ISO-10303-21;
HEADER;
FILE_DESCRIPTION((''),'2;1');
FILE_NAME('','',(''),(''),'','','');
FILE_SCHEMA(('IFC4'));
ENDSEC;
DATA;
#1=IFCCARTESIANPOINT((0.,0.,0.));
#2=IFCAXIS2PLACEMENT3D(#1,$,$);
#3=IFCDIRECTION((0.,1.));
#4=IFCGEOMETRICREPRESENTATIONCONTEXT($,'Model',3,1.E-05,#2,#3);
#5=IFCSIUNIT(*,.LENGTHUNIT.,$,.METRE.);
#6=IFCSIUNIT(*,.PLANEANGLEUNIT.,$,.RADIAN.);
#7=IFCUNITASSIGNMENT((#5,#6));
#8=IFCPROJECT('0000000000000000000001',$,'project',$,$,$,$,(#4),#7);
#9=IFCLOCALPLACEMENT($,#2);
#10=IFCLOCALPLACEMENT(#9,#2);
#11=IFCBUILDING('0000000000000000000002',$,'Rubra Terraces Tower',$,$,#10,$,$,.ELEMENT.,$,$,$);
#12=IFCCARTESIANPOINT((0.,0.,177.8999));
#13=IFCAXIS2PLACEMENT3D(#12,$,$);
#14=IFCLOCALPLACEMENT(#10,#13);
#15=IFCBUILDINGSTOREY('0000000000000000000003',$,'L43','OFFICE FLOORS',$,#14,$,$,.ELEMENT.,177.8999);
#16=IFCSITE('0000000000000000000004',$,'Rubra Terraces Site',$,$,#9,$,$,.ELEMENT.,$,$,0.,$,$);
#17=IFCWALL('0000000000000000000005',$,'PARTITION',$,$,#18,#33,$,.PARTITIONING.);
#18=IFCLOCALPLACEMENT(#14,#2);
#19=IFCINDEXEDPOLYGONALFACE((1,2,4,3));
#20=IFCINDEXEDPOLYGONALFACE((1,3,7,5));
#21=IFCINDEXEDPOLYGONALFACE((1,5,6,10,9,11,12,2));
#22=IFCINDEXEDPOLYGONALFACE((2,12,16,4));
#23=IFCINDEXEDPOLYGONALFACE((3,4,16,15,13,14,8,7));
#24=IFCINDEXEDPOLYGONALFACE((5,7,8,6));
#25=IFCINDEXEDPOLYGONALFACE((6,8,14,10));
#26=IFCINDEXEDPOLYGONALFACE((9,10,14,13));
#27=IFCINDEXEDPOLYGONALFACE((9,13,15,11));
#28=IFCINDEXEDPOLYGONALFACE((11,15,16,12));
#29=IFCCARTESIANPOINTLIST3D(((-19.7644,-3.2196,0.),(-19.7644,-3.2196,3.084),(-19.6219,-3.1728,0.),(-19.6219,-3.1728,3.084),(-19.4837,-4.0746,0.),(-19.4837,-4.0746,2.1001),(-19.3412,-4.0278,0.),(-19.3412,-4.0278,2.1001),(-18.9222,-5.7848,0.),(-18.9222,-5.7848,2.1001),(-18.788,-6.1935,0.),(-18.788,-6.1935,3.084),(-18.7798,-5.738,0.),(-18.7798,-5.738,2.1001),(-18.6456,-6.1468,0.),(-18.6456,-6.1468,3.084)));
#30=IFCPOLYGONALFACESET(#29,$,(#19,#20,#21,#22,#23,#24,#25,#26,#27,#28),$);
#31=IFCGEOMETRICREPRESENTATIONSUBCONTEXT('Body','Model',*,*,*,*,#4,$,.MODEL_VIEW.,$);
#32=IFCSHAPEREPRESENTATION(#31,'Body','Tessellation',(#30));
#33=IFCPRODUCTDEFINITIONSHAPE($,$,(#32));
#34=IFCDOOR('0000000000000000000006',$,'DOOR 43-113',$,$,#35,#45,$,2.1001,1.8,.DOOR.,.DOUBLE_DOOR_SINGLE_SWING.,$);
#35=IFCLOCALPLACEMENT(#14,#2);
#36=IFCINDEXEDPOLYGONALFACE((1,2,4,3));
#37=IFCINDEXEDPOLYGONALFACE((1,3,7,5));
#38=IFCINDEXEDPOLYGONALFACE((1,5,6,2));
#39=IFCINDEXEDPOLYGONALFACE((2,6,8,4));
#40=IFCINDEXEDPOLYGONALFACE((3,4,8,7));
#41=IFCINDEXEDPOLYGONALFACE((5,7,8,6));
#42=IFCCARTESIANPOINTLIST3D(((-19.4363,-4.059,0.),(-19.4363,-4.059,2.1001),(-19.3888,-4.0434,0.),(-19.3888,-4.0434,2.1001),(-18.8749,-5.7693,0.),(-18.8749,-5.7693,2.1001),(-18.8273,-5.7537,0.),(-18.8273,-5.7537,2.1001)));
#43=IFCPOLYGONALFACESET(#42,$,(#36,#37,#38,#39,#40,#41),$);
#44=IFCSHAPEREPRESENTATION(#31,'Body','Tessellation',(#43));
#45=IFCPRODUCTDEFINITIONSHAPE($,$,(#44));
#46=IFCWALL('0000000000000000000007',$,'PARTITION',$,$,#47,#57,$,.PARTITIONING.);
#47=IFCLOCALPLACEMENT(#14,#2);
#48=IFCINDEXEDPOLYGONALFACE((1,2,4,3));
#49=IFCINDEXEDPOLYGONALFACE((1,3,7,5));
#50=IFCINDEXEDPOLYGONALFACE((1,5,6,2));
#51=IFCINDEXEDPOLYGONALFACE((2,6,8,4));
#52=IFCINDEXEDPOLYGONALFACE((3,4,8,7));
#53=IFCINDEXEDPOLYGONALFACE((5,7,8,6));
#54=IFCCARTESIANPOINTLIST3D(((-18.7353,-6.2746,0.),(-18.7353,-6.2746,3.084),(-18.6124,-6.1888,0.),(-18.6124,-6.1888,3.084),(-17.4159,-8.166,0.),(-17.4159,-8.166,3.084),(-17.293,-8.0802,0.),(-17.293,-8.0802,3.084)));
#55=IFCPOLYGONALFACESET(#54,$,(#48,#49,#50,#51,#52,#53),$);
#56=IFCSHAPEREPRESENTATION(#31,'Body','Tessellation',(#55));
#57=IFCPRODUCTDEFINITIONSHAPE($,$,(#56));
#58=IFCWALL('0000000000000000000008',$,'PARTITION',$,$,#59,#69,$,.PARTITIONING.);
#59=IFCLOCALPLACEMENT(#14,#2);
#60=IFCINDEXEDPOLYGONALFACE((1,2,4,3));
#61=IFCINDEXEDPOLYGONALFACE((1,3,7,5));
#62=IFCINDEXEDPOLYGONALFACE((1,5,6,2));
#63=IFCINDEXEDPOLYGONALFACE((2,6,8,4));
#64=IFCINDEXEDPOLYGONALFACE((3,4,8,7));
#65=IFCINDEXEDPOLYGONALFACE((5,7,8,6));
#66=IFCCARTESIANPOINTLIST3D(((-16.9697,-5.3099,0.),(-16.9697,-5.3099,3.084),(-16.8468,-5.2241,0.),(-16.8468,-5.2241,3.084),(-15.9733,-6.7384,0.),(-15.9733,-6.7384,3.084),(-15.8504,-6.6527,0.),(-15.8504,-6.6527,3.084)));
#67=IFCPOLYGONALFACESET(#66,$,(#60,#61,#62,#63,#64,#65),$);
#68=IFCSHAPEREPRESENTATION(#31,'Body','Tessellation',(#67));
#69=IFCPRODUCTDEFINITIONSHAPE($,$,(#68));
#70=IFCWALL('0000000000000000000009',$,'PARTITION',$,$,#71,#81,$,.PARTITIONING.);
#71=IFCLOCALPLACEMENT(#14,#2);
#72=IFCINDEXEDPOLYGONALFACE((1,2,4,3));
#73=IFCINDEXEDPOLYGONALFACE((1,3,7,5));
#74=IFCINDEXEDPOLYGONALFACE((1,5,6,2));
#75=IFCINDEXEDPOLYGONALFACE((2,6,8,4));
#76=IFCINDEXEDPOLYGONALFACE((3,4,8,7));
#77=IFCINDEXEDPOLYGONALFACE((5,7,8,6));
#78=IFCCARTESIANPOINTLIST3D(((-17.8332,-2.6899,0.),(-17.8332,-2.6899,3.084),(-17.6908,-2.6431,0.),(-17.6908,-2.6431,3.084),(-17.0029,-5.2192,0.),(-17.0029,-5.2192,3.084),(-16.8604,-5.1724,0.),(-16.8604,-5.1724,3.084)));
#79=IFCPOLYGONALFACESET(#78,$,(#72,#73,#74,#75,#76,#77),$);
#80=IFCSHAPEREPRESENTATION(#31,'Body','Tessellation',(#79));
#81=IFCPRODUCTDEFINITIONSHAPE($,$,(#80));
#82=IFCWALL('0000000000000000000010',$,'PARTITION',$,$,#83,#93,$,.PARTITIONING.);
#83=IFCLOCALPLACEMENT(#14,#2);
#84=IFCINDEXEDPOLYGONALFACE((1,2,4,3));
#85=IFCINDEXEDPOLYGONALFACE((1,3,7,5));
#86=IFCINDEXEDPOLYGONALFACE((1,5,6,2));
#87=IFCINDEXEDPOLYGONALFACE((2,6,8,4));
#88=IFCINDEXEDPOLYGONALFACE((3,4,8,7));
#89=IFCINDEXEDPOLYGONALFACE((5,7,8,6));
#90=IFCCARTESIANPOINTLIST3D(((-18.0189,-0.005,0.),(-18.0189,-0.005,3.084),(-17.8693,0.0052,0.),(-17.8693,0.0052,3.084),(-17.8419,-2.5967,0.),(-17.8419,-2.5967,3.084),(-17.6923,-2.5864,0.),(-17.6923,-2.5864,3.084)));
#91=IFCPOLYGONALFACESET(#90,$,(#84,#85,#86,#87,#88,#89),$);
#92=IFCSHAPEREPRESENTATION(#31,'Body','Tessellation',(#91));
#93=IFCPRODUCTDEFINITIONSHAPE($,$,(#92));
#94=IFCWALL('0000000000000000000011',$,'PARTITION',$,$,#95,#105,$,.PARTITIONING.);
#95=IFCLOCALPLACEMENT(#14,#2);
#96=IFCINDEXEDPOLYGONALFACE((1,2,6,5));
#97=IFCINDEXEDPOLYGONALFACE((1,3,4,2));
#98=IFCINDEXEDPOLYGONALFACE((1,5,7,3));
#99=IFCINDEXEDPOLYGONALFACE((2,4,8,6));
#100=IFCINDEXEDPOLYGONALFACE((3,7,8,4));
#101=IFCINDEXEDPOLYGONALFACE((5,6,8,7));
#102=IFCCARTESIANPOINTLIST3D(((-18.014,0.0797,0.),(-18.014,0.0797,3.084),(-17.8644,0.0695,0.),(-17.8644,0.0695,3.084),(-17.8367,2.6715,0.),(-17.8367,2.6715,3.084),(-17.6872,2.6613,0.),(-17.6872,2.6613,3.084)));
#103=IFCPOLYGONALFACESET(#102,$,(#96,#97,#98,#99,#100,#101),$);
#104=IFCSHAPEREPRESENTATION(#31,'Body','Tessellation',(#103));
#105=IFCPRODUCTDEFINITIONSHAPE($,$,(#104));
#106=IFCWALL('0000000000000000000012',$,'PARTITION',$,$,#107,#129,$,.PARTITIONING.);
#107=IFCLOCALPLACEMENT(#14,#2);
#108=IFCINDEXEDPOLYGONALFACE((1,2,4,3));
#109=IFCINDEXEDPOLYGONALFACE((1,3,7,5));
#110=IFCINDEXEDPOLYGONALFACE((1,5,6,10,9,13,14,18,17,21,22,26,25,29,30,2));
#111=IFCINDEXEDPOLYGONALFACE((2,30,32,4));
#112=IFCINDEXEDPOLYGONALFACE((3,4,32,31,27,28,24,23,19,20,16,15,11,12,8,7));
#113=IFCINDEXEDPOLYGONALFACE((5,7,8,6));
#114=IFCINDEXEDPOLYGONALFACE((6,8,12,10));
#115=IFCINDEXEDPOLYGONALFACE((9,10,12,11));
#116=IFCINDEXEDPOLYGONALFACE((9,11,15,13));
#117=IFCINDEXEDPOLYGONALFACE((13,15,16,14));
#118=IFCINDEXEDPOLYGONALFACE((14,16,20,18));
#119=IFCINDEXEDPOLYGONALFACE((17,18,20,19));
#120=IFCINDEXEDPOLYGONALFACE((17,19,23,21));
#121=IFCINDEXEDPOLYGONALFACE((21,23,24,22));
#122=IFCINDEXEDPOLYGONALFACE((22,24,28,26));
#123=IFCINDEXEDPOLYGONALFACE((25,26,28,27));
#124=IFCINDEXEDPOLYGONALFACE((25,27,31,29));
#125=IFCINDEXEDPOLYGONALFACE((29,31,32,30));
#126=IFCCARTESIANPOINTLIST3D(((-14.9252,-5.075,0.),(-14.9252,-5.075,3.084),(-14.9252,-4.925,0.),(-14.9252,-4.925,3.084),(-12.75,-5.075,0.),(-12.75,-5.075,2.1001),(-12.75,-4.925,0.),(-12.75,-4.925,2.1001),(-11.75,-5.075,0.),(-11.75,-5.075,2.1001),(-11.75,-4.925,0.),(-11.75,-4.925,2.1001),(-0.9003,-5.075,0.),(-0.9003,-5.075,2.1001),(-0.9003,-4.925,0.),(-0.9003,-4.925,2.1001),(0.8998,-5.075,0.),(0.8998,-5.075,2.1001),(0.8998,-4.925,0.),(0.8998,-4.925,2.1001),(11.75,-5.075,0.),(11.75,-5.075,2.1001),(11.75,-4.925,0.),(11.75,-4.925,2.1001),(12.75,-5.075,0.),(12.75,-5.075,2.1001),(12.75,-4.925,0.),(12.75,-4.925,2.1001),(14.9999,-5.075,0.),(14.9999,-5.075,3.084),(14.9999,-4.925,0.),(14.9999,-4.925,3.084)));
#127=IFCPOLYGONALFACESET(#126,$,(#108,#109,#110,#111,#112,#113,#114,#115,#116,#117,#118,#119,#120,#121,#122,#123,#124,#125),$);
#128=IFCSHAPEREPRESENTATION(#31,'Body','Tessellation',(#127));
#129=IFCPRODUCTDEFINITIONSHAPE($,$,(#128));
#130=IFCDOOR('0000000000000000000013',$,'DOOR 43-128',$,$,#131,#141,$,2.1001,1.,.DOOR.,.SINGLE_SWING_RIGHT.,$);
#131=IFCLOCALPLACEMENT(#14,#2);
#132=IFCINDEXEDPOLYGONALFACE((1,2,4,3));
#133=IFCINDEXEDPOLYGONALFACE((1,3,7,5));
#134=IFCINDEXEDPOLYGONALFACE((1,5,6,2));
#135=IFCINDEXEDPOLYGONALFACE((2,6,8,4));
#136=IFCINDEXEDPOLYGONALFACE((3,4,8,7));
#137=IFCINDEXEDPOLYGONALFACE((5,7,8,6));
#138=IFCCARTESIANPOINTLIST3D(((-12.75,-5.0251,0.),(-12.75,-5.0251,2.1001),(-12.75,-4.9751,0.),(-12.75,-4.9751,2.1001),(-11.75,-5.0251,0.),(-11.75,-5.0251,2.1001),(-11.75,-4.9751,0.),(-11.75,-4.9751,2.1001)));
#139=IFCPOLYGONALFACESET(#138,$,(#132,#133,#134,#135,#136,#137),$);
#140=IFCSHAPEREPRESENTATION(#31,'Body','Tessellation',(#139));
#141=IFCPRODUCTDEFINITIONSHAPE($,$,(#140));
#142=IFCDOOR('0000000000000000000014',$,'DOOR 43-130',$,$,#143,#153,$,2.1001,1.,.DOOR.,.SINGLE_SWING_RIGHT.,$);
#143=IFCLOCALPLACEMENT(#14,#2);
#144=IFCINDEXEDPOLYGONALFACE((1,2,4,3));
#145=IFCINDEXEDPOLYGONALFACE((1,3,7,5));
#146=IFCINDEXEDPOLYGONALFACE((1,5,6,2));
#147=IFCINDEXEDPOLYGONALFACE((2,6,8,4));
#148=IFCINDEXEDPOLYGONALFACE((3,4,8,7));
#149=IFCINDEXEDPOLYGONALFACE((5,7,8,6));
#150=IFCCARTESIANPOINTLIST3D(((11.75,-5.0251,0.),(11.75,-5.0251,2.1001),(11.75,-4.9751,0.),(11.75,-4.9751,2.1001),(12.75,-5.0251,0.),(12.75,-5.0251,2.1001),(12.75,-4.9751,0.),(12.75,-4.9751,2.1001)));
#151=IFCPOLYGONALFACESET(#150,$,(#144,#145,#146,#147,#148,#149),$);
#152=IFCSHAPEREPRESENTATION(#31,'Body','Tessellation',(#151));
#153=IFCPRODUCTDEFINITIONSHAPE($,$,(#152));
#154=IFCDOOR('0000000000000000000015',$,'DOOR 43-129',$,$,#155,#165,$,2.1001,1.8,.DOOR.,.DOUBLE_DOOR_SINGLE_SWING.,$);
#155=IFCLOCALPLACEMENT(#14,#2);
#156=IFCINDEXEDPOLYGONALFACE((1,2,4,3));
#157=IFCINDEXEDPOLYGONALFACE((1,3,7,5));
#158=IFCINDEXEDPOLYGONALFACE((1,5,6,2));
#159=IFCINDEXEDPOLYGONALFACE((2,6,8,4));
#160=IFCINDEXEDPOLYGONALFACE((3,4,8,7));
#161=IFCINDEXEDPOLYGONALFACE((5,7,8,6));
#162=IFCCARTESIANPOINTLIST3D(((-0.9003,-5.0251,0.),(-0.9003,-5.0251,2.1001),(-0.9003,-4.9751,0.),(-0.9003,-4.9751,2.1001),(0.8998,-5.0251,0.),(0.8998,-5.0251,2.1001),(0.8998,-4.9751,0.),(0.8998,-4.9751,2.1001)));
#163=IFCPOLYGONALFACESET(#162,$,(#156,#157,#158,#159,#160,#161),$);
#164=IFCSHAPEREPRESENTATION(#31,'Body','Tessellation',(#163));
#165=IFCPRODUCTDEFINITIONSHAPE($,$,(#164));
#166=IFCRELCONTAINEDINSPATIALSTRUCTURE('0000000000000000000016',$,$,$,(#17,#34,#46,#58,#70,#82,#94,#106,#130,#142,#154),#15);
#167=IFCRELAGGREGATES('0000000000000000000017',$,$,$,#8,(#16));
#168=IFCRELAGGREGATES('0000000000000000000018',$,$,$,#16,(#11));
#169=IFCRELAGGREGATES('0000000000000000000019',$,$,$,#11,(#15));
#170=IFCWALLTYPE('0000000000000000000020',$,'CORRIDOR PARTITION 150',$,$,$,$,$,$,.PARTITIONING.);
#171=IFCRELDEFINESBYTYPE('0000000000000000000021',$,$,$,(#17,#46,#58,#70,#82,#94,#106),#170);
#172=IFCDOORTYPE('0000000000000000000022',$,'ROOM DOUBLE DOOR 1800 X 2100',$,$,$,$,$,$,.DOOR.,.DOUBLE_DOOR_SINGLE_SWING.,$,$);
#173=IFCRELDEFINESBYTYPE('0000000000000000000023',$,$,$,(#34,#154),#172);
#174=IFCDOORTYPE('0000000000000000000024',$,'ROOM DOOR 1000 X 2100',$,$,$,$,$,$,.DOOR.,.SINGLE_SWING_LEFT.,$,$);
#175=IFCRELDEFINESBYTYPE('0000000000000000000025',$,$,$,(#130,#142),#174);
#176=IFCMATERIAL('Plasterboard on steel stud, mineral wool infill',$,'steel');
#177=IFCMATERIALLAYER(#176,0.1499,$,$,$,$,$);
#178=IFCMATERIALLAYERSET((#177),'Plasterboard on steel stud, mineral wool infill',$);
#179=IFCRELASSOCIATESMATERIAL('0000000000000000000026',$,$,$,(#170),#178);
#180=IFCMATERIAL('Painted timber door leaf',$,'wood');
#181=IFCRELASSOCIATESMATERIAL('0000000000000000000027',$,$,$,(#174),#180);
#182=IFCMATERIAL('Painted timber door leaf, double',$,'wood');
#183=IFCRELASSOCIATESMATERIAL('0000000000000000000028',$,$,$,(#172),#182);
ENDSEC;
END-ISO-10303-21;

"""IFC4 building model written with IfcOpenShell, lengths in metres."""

from ifc_helpers import new_model, si_unit, direction, frame, frame_2d, origin, place, context, subcontext, project, spatial, rectangle, extrude, material, layer, layer_set, type_object, element, fill, save


model = new_model("IFC4")

# Units and contexts
model_context = context("Model", 3, precision=1e-05, world=origin(), true_north=direction((0.0, 1.0)))
body_context = subcontext(model_context, "Body", "Model", "MODEL_VIEW")
ifc_project = project(units=[si_unit("LENGTHUNIT", "METRE"), si_unit("PLANEANGLEUNIT", "RADIAN")], contexts=[model_context])

# Site, building, storey
site_placement = place(None, origin())
site = spatial("IfcSite", under=ifc_project, at=site_placement, Name="Rubra Terraces Site", CompositionType="ELEMENT", RefElevation=0.0)
building_placement = place(site_placement, origin())
building = spatial("IfcBuilding", under=site, at=building_placement, Name="Rubra Terraces Tower", CompositionType="ELEMENT")
storey_placement = place(building_placement, frame((0.0, 0.0, 177.8999)))
storey = spatial("IfcBuildingStorey", under=building, at=storey_placement, Name="L43", Description="OFFICE FLOORS", CompositionType="ELEMENT", Elevation=177.8999)

# Wall, opening, door
ifc_material_1 = material(Name="Plasterboard on steel stud, mineral wool infill", Category="steel")
ifc_layer_1 = layer(ifc_material_1, 0.1499)
ifc_layer_set_1 = layer_set([ifc_layer_1], Name="Plasterboard on steel stud, mineral wool infill")
wall_type_1 = type_object("IfcWallType", Name="CORRIDOR PARTITION 150", PredefinedType="PARTITIONING", material=ifc_layer_set_1)
ifc_material_2 = material(Name="Painted timber door leaf", Category="wood")
door_type_1 = type_object("IfcDoorType", Name="ROOM DOOR 1000 X 2100", OperationType="SINGLE_SWING_LEFT", PredefinedType="DOOR", material=ifc_material_2)
wall_1_placement = place(storey_placement, frame((-19.6931, -3.1963, 0.0), z_axis=(0.0, 0.0, 1.0), x_axis=(0.311919, -0.950109, 0.0)))
wall_1 = element("IfcWall", 1, at=wall_1_placement, inside=storey, type_object=wall_type_1, Name="PARTITION", PredefinedType="PARTITIONING", context=body_context, shape_type="SweptSolid", body=[
    extrude(rectangle(XDim=3.1301, YDim=0.1499, at=frame_2d((1.5649, 0.0))), origin(), (0.0, 0.0, 1.0), 3.084),
])
opening_1_placement = place(wall_1_placement, frame((0.8999, 0.0, 0.0)))
opening_1 = element("IfcOpeningElement", 2, at=opening_1_placement, cuts=wall_1, PredefinedType="OPENING", context=body_context, shape_type="SweptSolid", body=[
    extrude(rectangle(XDim=1.8, YDim=2.1001, at=frame_2d((0.8999, 1.05))), frame((0.0, 0.085, 0.0), z_axis=(0.0, -1.0, 0.0), x_axis=(1.0, 0.0, 0.0)), (0.0, 0.0, 1.0), 0.1699),
])
ifc_material_3 = material(Name="Painted timber door leaf, double", Category="wood")
door_type_2 = type_object("IfcDoorType", Name="ROOM DOUBLE DOOR 1800 X 2100", OperationType="DOUBLE_DOOR_SINGLE_SWING", PredefinedType="DOOR", material=ifc_material_3)
door_1_placement = place(opening_1_placement, origin())
door_1 = element("IfcDoor", 3, at=door_1_placement, inside=storey, type_object=door_type_2, Name="DOOR 43-113", OperationType="DOUBLE_DOOR_SINGLE_SWING", OverallHeight=2.1001, OverallWidth=1.8, PredefinedType="DOOR", context=body_context, shape_type="SweptSolid", body=[
    extrude(rectangle(XDim=1.8, YDim=2.1001, at=frame_2d((0.8999, 1.05))), frame((0.0, 0.0249, 0.0), z_axis=(0.0, -1.0, 0.0), x_axis=(1.0, 0.0, 0.0)), (0.0, 0.0, 1.0), 0.05),
])
fill(opening_1, door_1)

# Wall
wall_2_placement = place(storey_placement, frame((-18.6738, -6.2317, 0.0), z_axis=(0.0, 0.0, 1.0), x_axis=(0.572119, -0.820171, 0.0)))
element("IfcWall", 4, at=wall_2_placement, inside=storey, type_object=wall_type_1, Name="PARTITION", PredefinedType="PARTITIONING", context=body_context, shape_type="SweptSolid", body=[
    extrude(rectangle(XDim=2.3062, YDim=0.1499, at=frame_2d((1.1531, 0.0))), origin(), (0.0, 0.0, 1.0), 3.084),
])

# Walls
wall_3_placement = place(storey_placement, frame((-15.9119, -6.6956, 0.0), z_axis=(0.0, 0.0, 1.0), x_axis=(-0.572079, 0.820199, 0.0)))
element("IfcWall", 5, at=wall_3_placement, inside=storey, type_object=wall_type_1, Name="PARTITION", PredefinedType="PARTITIONING", context=body_context, shape_type="SweptSolid", body=[
    extrude(rectangle(XDim=1.7417, YDim=0.1499, at=frame_2d((0.8708, 0.0))), origin(), (0.0, 0.0, 1.0), 3.084),
])
wall_4_placement = place(storey_placement, frame((-16.9316, -5.1958, 0.0), z_axis=(0.0, 0.0, 1.0), x_axis=(-0.311905, 0.950113, 0.0)))
element("IfcWall", 6, at=wall_4_placement, inside=storey, type_object=wall_type_1, Name="PARTITION", PredefinedType="PARTITIONING", context=body_context, shape_type="SweptSolid", body=[
    extrude(rectangle(XDim=2.6621, YDim=0.1499, at=frame_2d((1.3311, 0.0))), origin(), (0.0, 0.0, 1.0), 3.084),
])
wall_5_placement = place(storey_placement, frame((-17.7671, -2.5916, 0.0), z_axis=(0.0, 0.0, 1.0), x_axis=(-0.068141, 0.997676, 0.0)))
element("IfcWall", 7, at=wall_5_placement, inside=storey, type_object=wall_type_1, Name="PARTITION", PredefinedType="PARTITIONING", context=body_context, shape_type="SweptSolid", body=[
    extrude(rectangle(XDim=2.5977, YDim=0.1499, at=frame_2d((1.2988, 0.0))), origin(), (0.0, 0.0, 1.0), 3.084),
])
wall_6_placement = place(storey_placement, frame((-17.9392, 0.0747, 0.0), z_axis=(0.0, 0.0, 1.0), x_axis=(0.068228, 0.99767, 0.0)))
element("IfcWall", 8, at=wall_6_placement, inside=storey, type_object=wall_type_1, Name="PARTITION", PredefinedType="PARTITIONING", context=body_context, shape_type="SweptSolid", body=[
    extrude(rectangle(XDim=2.5979, YDim=0.1499, at=frame_2d((1.2988, 0.0))), origin(), (0.0, 0.0, 1.0), 3.084),
])

# Wall, openings, doors
wall_7_placement = place(storey_placement, frame((-14.925, -5.0, 0.0), z_axis=(0.0, 0.0, 1.0), x_axis=(1.0, 0.0, 0.0)))
wall_7 = element("IfcWall", 9, at=wall_7_placement, inside=storey, type_object=wall_type_1, Name="PARTITION", PredefinedType="PARTITIONING", context=body_context, shape_type="SweptSolid", body=[
    extrude(rectangle(XDim=29.925, YDim=0.1499, at=frame_2d((14.9624, 0.0))), origin(), (0.0, 0.0, 1.0), 3.084),
])
opening_2_placement = place(wall_7_placement, frame((2.175, 0.0, 0.0)))
opening_2 = element("IfcOpeningElement", 10, at=opening_2_placement, cuts=wall_7, PredefinedType="OPENING", context=body_context, shape_type="SweptSolid", body=[
    extrude(rectangle(XDim=1.0, YDim=2.1001, at=frame_2d((0.5, 1.05))), frame((0.0, 0.085, 0.0), z_axis=(0.0, -1.0, 0.0), x_axis=(1.0, 0.0, 0.0)), (0.0, 0.0, 1.0), 0.1699),
])
opening_3_placement = place(wall_7_placement, frame((14.0249, 0.0, 0.0)))
opening_3 = element("IfcOpeningElement", 11, at=opening_3_placement, cuts=wall_7, PredefinedType="OPENING", context=body_context, shape_type="SweptSolid", body=[
    extrude(rectangle(XDim=1.8, YDim=2.1001, at=frame_2d((0.8999, 1.05))), frame((0.0, 0.085, 0.0), z_axis=(0.0, -1.0, 0.0), x_axis=(1.0, 0.0, 0.0)), (0.0, 0.0, 1.0), 0.1699),
])
opening_4_placement = place(wall_7_placement, frame((26.675, 0.0, 0.0)))
opening_4 = element("IfcOpeningElement", 12, at=opening_4_placement, cuts=wall_7, PredefinedType="OPENING", context=body_context, shape_type="SweptSolid", body=[
    extrude(rectangle(XDim=1.0, YDim=2.1001, at=frame_2d((0.5, 1.05))), frame((0.0, 0.085, 0.0), z_axis=(0.0, -1.0, 0.0), x_axis=(1.0, 0.0, 0.0)), (0.0, 0.0, 1.0), 0.1699),
])
door_2_placement = place(opening_2_placement, origin())
door_2 = element("IfcDoor", 13, at=door_2_placement, inside=storey, type_object=door_type_1, Name="DOOR 43-128", OperationType="SINGLE_SWING_RIGHT", OverallHeight=2.1001, OverallWidth=1.0, PredefinedType="DOOR", context=body_context, shape_type="SweptSolid", body=[
    extrude(rectangle(XDim=1.0, YDim=2.1001, at=frame_2d((0.5, 1.05))), frame((0.0, 0.0249, 0.0), z_axis=(0.0, -1.0, 0.0), x_axis=(1.0, 0.0, 0.0)), (0.0, 0.0, 1.0), 0.05),
])
fill(opening_2, door_2)
door_3_placement = place(opening_4_placement, origin())
door_3 = element("IfcDoor", 14, at=door_3_placement, inside=storey, type_object=door_type_1, Name="DOOR 43-130", OperationType="SINGLE_SWING_RIGHT", OverallHeight=2.1001, OverallWidth=1.0, PredefinedType="DOOR", context=body_context, shape_type="SweptSolid", body=[
    extrude(rectangle(XDim=1.0, YDim=2.1001, at=frame_2d((0.5, 1.05))), frame((0.0, 0.0249, 0.0), z_axis=(0.0, -1.0, 0.0), x_axis=(1.0, 0.0, 0.0)), (0.0, 0.0, 1.0), 0.05),
])
fill(opening_4, door_3)
door_4_placement = place(opening_3_placement, origin())
door_4 = element("IfcDoor", 15, at=door_4_placement, inside=storey, type_object=door_type_2, Name="DOOR 43-129", OperationType="DOUBLE_DOOR_SINGLE_SWING", OverallHeight=2.1001, OverallWidth=1.8, PredefinedType="DOOR", context=body_context, shape_type="SweptSolid", body=[
    extrude(rectangle(XDim=1.8, YDim=2.1001, at=frame_2d((0.8999, 1.05))), frame((0.0, 0.0249, 0.0), z_axis=(0.0, -1.0, 0.0), x_axis=(1.0, 0.0, 0.0)), (0.0, 0.0, 1.0), 0.05),
])
fill(opening_3, door_4)

save(model, "model.ifc")
